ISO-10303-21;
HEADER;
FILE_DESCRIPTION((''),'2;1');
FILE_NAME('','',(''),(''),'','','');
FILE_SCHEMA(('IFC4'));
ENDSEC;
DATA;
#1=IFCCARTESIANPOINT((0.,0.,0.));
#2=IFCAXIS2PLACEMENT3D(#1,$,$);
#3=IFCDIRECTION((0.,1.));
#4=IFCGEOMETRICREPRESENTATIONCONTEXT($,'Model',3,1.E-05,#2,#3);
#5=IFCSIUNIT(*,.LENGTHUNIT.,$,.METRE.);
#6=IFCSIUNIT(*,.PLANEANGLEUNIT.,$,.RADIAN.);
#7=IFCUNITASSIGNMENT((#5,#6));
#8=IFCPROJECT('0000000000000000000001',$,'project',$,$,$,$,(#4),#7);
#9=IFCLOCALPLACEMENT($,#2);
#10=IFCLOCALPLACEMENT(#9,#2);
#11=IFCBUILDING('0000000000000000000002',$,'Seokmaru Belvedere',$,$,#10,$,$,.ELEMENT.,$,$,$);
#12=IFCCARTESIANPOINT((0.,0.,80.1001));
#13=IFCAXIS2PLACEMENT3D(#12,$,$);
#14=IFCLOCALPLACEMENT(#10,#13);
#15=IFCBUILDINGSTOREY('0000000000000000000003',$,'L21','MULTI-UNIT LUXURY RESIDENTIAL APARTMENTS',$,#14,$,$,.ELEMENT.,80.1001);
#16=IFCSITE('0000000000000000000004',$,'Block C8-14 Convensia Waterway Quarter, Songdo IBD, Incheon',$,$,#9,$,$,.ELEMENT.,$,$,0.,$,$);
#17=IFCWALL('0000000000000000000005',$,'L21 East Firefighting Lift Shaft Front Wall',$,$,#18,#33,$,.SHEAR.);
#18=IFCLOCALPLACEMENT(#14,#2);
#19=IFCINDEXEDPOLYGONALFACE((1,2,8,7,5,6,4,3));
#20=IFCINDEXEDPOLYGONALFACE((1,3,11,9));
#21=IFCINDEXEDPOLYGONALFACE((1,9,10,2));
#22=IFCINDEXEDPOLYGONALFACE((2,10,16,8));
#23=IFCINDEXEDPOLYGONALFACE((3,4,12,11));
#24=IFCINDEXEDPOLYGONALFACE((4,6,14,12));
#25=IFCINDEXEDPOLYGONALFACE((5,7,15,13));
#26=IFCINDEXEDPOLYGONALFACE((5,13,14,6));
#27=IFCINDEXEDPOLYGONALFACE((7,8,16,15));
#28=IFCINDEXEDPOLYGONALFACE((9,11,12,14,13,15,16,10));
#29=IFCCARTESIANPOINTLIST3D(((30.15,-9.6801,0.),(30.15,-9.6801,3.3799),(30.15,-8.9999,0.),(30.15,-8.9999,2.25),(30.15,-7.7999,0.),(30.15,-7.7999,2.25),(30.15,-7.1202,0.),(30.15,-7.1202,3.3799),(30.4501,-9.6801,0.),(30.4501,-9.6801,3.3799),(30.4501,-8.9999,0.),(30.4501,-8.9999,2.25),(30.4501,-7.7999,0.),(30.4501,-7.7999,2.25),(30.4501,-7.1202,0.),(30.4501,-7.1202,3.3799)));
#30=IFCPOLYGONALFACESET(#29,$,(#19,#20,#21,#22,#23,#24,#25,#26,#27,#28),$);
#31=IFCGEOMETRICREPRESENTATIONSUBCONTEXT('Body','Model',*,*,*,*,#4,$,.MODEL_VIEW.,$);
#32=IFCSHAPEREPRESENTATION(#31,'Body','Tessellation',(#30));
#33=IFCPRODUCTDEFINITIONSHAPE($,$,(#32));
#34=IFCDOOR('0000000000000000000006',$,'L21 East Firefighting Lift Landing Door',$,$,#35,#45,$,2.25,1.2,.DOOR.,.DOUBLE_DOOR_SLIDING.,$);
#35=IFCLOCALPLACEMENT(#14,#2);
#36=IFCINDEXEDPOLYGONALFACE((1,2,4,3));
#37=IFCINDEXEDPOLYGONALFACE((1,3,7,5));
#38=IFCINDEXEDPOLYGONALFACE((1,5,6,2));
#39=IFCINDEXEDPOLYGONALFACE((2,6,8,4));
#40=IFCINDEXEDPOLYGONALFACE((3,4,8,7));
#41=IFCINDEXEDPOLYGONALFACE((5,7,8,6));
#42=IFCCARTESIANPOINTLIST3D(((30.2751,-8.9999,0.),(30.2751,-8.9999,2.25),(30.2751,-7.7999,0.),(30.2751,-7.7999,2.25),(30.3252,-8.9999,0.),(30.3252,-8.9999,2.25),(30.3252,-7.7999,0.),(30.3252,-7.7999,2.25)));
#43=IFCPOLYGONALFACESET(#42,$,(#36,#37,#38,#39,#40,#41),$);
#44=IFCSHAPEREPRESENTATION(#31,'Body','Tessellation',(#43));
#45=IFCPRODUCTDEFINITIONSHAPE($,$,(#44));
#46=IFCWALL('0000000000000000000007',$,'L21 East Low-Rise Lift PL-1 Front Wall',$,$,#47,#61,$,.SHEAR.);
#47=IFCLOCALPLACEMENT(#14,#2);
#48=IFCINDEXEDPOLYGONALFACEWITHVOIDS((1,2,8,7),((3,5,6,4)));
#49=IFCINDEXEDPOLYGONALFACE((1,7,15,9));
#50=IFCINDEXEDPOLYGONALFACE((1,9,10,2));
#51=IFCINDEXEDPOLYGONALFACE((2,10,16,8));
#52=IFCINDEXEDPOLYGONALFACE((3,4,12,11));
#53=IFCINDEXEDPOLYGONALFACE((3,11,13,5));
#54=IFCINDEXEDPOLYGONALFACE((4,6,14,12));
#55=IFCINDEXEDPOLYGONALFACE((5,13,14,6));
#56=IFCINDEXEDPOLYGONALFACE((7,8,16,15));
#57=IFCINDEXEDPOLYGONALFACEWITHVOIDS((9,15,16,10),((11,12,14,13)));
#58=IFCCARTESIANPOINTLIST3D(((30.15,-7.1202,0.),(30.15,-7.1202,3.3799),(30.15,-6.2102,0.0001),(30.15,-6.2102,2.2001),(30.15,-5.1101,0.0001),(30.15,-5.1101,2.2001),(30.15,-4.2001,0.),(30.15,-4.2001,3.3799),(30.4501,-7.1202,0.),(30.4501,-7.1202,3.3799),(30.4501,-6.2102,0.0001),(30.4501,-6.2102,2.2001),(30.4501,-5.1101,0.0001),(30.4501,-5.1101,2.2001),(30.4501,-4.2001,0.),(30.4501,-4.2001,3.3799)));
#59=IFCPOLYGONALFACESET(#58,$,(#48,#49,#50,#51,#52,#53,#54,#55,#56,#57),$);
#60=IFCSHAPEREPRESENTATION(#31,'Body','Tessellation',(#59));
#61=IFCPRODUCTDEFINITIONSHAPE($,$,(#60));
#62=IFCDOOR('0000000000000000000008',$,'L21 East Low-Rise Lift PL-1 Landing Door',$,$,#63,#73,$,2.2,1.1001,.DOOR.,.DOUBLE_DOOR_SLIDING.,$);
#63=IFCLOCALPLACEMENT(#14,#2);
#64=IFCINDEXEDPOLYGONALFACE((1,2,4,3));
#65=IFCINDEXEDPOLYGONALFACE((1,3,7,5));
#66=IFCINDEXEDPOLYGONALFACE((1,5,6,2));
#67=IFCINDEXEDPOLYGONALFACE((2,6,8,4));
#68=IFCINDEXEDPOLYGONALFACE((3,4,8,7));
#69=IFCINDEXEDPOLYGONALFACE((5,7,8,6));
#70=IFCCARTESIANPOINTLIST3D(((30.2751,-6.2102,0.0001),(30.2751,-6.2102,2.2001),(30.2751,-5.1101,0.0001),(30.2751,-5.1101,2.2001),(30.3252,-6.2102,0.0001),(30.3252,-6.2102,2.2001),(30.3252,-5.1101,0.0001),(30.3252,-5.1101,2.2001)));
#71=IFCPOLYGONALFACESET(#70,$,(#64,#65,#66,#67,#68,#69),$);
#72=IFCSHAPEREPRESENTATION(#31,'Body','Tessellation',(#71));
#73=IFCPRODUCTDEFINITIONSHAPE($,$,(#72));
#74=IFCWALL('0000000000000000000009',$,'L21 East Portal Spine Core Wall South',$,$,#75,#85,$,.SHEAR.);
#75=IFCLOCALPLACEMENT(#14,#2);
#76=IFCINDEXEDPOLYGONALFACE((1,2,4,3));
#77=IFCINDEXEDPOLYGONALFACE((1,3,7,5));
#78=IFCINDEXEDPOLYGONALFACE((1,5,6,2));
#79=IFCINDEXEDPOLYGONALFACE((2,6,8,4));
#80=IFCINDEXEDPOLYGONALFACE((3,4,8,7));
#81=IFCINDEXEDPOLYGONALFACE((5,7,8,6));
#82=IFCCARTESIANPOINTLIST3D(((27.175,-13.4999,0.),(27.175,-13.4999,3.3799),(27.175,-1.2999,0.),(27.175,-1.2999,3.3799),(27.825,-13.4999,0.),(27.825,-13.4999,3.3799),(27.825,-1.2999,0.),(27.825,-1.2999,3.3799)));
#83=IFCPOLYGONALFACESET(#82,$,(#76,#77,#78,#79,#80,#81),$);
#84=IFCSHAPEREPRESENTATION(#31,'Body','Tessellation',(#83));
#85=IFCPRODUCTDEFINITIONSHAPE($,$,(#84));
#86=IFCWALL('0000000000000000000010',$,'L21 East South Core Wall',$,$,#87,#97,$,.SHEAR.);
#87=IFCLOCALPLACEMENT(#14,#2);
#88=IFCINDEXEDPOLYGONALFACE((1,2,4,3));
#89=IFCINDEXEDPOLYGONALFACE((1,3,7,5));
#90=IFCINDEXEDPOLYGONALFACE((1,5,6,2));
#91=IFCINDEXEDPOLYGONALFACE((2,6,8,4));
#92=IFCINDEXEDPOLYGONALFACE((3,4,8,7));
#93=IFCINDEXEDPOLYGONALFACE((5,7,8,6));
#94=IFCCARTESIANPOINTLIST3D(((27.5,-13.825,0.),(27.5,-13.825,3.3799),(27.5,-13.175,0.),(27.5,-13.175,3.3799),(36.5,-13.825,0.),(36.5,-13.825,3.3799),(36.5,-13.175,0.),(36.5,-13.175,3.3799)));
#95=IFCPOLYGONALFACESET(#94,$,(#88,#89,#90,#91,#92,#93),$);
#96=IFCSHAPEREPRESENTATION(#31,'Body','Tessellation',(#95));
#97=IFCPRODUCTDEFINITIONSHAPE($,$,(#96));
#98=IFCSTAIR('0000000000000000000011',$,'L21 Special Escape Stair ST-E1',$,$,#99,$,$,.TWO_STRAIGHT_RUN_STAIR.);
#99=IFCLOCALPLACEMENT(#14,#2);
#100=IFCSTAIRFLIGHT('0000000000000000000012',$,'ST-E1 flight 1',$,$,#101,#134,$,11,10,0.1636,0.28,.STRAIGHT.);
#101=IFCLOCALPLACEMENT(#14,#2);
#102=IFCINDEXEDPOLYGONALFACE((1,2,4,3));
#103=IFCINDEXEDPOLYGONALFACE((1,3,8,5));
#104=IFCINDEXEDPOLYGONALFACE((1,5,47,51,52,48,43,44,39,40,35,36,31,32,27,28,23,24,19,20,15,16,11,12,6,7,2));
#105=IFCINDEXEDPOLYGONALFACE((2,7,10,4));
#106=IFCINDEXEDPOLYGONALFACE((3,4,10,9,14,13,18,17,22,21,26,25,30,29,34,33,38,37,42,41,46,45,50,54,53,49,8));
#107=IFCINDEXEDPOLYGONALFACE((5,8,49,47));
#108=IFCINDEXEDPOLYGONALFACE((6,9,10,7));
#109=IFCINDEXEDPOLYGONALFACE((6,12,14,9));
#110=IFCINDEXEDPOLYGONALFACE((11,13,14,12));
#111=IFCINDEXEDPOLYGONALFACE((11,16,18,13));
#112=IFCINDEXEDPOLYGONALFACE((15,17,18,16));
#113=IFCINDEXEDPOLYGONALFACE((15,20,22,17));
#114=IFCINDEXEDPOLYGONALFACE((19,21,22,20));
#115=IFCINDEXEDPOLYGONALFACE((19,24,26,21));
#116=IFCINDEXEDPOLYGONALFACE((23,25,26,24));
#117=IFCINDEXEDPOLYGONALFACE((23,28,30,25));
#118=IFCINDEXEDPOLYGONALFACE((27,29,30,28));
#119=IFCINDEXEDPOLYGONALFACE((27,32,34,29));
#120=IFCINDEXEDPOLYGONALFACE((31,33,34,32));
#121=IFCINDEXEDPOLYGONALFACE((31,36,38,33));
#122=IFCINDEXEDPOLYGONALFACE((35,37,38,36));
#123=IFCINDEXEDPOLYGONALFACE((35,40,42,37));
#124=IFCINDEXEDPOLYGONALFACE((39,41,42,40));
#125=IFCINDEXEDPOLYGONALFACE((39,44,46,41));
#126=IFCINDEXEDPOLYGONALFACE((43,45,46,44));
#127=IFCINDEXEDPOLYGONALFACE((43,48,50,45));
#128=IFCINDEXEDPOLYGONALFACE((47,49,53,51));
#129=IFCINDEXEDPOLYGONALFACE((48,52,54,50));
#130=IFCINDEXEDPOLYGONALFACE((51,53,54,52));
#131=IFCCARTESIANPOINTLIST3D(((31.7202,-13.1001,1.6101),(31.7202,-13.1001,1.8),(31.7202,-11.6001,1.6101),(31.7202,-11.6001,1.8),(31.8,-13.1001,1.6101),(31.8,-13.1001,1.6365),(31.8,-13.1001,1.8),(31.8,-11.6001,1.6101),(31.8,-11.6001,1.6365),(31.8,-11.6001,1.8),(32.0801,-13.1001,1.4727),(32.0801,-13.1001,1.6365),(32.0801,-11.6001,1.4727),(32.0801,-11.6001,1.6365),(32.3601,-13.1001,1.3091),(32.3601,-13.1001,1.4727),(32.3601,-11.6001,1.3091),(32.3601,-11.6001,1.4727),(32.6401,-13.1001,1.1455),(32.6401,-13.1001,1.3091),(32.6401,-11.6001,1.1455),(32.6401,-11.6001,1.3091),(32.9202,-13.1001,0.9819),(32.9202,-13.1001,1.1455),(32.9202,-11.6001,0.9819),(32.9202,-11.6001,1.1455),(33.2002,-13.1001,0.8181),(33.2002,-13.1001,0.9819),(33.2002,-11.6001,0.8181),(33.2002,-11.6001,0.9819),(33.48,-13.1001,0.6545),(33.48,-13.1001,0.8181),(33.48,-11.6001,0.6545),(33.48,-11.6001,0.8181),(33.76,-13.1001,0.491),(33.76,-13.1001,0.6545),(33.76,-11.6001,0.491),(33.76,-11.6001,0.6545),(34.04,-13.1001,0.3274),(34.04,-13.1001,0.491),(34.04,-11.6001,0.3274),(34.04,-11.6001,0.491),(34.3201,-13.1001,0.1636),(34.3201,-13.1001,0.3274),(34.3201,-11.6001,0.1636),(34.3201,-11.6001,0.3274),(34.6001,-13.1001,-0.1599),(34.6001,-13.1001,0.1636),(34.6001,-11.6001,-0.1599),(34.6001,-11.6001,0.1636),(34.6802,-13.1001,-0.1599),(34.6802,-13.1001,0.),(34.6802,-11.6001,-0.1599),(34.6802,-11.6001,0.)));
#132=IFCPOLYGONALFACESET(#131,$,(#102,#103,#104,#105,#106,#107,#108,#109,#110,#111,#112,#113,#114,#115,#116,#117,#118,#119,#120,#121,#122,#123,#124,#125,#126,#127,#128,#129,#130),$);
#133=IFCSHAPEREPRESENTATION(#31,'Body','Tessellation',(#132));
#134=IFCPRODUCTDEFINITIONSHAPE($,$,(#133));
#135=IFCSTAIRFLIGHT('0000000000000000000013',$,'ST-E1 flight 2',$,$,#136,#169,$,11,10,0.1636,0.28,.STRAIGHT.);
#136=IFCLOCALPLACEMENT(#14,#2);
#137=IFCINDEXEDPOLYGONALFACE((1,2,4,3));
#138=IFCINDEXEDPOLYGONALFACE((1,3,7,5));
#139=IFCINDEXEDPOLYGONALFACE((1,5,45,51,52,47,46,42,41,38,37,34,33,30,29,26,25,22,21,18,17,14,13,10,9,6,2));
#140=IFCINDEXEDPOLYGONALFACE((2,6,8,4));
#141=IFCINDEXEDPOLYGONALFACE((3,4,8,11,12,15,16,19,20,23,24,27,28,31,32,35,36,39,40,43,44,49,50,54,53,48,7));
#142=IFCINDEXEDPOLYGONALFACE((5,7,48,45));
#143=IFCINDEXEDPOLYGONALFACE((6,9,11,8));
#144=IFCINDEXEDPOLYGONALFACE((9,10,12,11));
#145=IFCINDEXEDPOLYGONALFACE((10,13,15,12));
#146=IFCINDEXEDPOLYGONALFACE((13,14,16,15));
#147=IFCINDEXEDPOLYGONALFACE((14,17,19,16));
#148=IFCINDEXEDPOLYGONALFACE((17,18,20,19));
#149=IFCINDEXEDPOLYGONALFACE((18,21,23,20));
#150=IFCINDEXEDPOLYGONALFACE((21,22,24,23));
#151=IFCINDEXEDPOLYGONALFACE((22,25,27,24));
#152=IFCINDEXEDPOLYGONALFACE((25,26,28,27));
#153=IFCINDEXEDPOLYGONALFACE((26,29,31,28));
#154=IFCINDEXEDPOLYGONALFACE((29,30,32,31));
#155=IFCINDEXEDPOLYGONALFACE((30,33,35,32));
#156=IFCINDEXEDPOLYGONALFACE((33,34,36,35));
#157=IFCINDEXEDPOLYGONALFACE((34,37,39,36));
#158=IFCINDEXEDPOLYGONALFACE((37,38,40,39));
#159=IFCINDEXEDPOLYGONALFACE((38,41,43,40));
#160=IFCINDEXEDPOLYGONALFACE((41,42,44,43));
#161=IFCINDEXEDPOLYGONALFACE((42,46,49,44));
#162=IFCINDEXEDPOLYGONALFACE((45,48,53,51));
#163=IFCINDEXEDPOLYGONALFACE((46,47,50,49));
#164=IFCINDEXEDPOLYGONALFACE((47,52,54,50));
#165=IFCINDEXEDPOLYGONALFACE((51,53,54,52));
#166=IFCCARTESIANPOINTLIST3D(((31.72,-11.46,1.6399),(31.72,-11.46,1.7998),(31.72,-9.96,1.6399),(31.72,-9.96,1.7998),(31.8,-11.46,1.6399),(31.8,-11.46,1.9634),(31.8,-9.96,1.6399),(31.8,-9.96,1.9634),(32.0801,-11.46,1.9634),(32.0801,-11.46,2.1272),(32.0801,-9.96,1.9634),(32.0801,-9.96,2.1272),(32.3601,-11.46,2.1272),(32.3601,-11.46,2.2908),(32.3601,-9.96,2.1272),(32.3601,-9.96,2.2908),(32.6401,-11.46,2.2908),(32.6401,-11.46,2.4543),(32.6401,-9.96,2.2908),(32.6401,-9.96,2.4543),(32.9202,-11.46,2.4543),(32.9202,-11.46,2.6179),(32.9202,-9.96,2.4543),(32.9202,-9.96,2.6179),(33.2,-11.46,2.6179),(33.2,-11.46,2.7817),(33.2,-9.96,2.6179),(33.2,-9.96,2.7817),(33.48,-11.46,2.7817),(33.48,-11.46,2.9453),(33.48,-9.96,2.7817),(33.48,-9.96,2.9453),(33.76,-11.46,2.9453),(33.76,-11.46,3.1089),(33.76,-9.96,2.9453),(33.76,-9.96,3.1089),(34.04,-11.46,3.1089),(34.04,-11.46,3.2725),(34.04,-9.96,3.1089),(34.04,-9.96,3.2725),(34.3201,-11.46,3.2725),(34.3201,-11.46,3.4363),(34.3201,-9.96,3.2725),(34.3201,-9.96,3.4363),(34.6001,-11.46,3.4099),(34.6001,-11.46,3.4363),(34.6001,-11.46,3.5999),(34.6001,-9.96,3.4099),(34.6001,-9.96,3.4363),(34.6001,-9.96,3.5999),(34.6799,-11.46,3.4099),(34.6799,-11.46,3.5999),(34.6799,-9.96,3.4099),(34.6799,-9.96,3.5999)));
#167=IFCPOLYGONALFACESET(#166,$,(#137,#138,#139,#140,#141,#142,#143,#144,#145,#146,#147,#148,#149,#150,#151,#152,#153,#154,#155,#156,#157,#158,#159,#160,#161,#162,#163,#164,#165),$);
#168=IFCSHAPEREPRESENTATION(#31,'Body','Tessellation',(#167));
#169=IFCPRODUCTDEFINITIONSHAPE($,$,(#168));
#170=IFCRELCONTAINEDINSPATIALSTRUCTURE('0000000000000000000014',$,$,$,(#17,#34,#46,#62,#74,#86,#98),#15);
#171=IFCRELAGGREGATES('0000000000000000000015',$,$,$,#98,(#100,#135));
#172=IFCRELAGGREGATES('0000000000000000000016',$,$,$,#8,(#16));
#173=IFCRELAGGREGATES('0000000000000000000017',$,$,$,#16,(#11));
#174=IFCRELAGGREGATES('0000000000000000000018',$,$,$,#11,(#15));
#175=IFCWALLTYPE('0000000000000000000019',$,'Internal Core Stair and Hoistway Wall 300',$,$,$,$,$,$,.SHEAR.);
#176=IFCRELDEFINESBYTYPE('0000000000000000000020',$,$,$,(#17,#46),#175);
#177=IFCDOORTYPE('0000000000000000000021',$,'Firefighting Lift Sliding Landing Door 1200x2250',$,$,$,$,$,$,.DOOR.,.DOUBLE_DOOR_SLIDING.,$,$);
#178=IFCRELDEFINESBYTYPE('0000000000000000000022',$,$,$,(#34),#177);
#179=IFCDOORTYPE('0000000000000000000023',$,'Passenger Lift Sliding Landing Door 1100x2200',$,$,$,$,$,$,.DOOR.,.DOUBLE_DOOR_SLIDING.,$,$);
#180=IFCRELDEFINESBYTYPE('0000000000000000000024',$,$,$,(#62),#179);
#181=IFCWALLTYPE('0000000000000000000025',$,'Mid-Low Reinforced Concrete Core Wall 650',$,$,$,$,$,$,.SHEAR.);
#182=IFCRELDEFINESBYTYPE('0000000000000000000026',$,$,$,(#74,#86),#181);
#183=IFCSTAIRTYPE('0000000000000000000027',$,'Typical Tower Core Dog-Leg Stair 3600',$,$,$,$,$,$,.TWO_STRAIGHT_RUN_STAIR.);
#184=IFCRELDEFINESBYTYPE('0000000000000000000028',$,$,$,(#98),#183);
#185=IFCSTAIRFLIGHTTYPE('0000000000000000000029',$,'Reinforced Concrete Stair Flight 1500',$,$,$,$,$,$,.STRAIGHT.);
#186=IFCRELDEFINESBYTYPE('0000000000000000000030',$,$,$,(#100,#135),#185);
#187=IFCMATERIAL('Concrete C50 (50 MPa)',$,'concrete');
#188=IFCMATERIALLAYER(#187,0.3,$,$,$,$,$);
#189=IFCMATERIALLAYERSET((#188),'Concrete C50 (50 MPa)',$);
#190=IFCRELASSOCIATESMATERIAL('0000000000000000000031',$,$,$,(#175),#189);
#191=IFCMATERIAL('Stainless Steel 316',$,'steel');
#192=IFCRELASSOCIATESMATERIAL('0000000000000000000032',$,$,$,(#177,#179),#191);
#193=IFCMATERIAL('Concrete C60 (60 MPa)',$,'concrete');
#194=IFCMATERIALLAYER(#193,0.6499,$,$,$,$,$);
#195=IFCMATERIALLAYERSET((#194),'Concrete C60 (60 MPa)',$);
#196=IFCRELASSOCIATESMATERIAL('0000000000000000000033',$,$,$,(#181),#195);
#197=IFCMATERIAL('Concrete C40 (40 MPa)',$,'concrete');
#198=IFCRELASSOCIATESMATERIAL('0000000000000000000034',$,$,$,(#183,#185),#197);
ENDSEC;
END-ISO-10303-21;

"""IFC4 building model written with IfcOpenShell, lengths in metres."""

from ifc_helpers import new_model, si_unit, direction, frame, frame_2d, origin, place, context, subcontext, project, spatial, polyline, rectangle, outline, extrude, source, transform, mapped, material, layer, layer_set, type_object, type_shapes, element, fill, aggregate, save


model = new_model("IFC4")

# Units and contexts
model_context = context("Model", 3, precision=1e-05, world=origin(), true_north=direction((0.0, 1.0)))
body_context = subcontext(model_context, "Body", "Model", "MODEL_VIEW")
ifc_project = project(units=[si_unit("LENGTHUNIT", "METRE"), si_unit("PLANEANGLEUNIT", "RADIAN")], contexts=[model_context])

# Site, building, storey
site_placement = place(None, origin())
site = spatial("IfcSite", under=ifc_project, at=site_placement, Name="Block C8-14 Convensia Waterway Quarter, Songdo IBD, Incheon", CompositionType="ELEMENT", RefElevation=0.0)
building_placement = place(site_placement, origin())
building = spatial("IfcBuilding", under=site, at=building_placement, Name="Seokmaru Belvedere", CompositionType="ELEMENT")
storey_placement = place(building_placement, frame((0.0, 0.0, 80.1001)))
storey = spatial("IfcBuildingStorey", under=building, at=storey_placement, Name="L21", Description="MULTI-UNIT LUXURY RESIDENTIAL APARTMENTS", CompositionType="ELEMENT", Elevation=80.1001)

# Shared definitions
ifc_material_1 = material(Name="Concrete C50 (50 MPa)", Category="concrete")

# Walls, openings, doors
ifc_layer_1 = layer(ifc_material_1, 0.3)
ifc_layer_set_1 = layer_set([ifc_layer_1], Name="Concrete C50 (50 MPa)")
wall_type_1 = type_object("IfcWallType", Name="Internal Core Stair and Hoistway Wall 300", PredefinedType="SHEAR", material=ifc_layer_set_1)
wall_1_placement = place(storey_placement, frame((30.3, -9.6799, 0.0), z_axis=(0.0, 0.0, 1.0), x_axis=(0.0, 1.0, 0.0)))
wall_1 = element("IfcWall", 1, at=wall_1_placement, inside=storey, type_object=wall_type_1, Name="L21 East Firefighting Lift Shaft Front Wall", PredefinedType="SHEAR", context=body_context, shape_type="SweptSolid", body=[
    extrude(rectangle(XDim=2.5598, YDim=0.3, at=frame_2d((1.2798, 0.0))), origin(), (0.0, 0.0, 1.0), 3.3799),
])
opening_1_placement = place(wall_1_placement, frame((0.6799, 0.0, 0.0)))
opening_1 = element("IfcOpeningElement", 2, at=opening_1_placement, cuts=wall_1, PredefinedType="OPENING", context=body_context, shape_type="SweptSolid", body=[
    extrude(rectangle(XDim=1.2, YDim=2.25, at=frame_2d((0.6001, 1.125))), frame((0.0, 0.1602, 0.0), z_axis=(0.0, -1.0, 0.0), x_axis=(1.0, 0.0, 0.0)), (0.0, 0.0, 1.0), 0.3201),
])
ifc_material_2 = material(Name="Stainless Steel 316", Category="steel")
door_type_1 = type_object("IfcDoorType", Name="Firefighting Lift Sliding Landing Door 1200x2250", OperationType="DOUBLE_DOOR_SLIDING", PredefinedType="DOOR", material=ifc_material_2)
shared_shape_1 = source(origin(), body_context, "Body", "SweptSolid", [
    extrude(rectangle(XDim=1.2, YDim=2.25, at=frame_2d((0.6001, 1.125))), frame((0.0, 0.0249, 0.0), z_axis=(0.0, -1.0, 0.0), x_axis=(1.0, 0.0, 0.0)), (0.0, 0.0, 1.0), 0.05),
])
type_shapes(door_type_1, [shared_shape_1])
door_1_placement = place(opening_1_placement, origin())
door_1 = element("IfcDoor", 3, at=door_1_placement, inside=storey, type_object=door_type_1, Name="L21 East Firefighting Lift Landing Door", OperationType="DOUBLE_DOOR_SLIDING", OverallHeight=2.25, OverallWidth=1.2, PredefinedType="DOOR", context=body_context, shape_type="MappedRepresentation", body=[
    mapped(shared_shape_1, transform((0.0, 0.0, 0.0), scale=1.0)),
])
fill(opening_1, door_1)
wall_2_placement = place(storey_placement, frame((30.3, -7.1201, 0.0), z_axis=(0.0, 0.0, 1.0), x_axis=(0.0, 1.0, 0.0)))
wall_2 = element("IfcWall", 4, at=wall_2_placement, inside=storey, type_object=wall_type_1, Name="L21 East Low-Rise Lift PL-1 Front Wall", PredefinedType="SHEAR", context=body_context, shape_type="SweptSolid", body=[
    extrude(rectangle(XDim=2.9202, YDim=0.3, at=frame_2d((1.46, 0.0))), origin(), (0.0, 0.0, 1.0), 3.3799),
])
opening_2_placement = place(wall_2_placement, frame((0.9099, 0.0, 0.0)))
opening_2 = element("IfcOpeningElement", 5, at=opening_2_placement, cuts=wall_2, PredefinedType="OPENING", context=body_context, shape_type="SweptSolid", body=[
    extrude(rectangle(XDim=1.1001, YDim=2.2, at=frame_2d((0.55, 1.1001))), frame((0.0, 0.1602, 0.0), z_axis=(0.0, -1.0, 0.0), x_axis=(1.0, 0.0, 0.0)), (0.0, 0.0, 1.0), 0.3201),
])
door_type_2 = type_object("IfcDoorType", Name="Passenger Lift Sliding Landing Door 1100x2200", OperationType="DOUBLE_DOOR_SLIDING", PredefinedType="DOOR", material=ifc_material_2)
shared_shape_2 = source(origin(), body_context, "Body", "SweptSolid", [
    extrude(rectangle(XDim=1.1001, YDim=2.2, at=frame_2d((0.55, 1.1001))), frame((0.0, 0.0249, 0.0), z_axis=(0.0, -1.0, 0.0), x_axis=(1.0, 0.0, 0.0)), (0.0, 0.0, 1.0), 0.05),
])
type_shapes(door_type_2, [shared_shape_2])
door_2_placement = place(opening_2_placement, origin())
door_2 = element("IfcDoor", 6, at=door_2_placement, inside=storey, type_object=door_type_2, Name="L21 East Low-Rise Lift PL-1 Landing Door", OperationType="DOUBLE_DOOR_SLIDING", OverallHeight=2.2, OverallWidth=1.1001, PredefinedType="DOOR", context=body_context, shape_type="MappedRepresentation", body=[
    mapped(shared_shape_2, transform((0.0, 0.0, 0.0), scale=1.0)),
])
fill(opening_2, door_2)

# Walls
ifc_material_3 = material(Name="Concrete C60 (60 MPa)", Category="concrete")
ifc_layer_2 = layer(ifc_material_3, 0.6499)
ifc_layer_set_2 = layer_set([ifc_layer_2], Name="Concrete C60 (60 MPa)")
wall_type_2 = type_object("IfcWallType", Name="Mid-Low Reinforced Concrete Core Wall 650", PredefinedType="SHEAR", material=ifc_layer_set_2)
wall_3_placement = place(storey_placement, frame((27.5, -13.5, 0.0), z_axis=(0.0, 0.0, 1.0), x_axis=(0.0, 1.0, 0.0)))
element("IfcWall", 7, at=wall_3_placement, inside=storey, type_object=wall_type_2, Name="L21 East Portal Spine Core Wall South", PredefinedType="SHEAR", context=body_context, shape_type="SweptSolid", body=[
    extrude(rectangle(XDim=12.2, YDim=0.6499, at=frame_2d((6.1001, 0.0))), origin(), (0.0, 0.0, 1.0), 3.3799),
])
wall_4_placement = place(storey_placement, frame((27.5, -13.5, 0.0), z_axis=(0.0, 0.0, 1.0), x_axis=(1.0, 0.0, 0.0)))
element("IfcWall", 8, at=wall_4_placement, inside=storey, type_object=wall_type_2, Name="L21 East South Core Wall", PredefinedType="SHEAR", context=body_context, shape_type="SweptSolid", body=[
    extrude(rectangle(XDim=9.0, YDim=0.6499, at=frame_2d((4.5, 0.0))), origin(), (0.0, 0.0, 1.0), 3.3799),
])

# Stair, stair flights
ifc_material_4 = material(Name="Concrete C40 (40 MPa)", Category="concrete")
stair_type = type_object("IfcStairType", Name="Typical Tower Core Dog-Leg Stair 3600", PredefinedType="TWO_STRAIGHT_RUN_STAIR", material=ifc_material_4)
stair_placement = place(storey_placement, origin())
stair = element("IfcStair", 9, at=stair_placement, inside=storey, type_object=stair_type, Name="L21 Special Escape Stair ST-E1", PredefinedType="TWO_STRAIGHT_RUN_STAIR")
stair_flight_type = type_object("IfcStairFlightType", Name="Reinforced Concrete Stair Flight 1500", PredefinedType="STRAIGHT", material=ifc_material_4)
stair_flight_1_placement = place(storey_placement, frame((34.6001, -12.3501, 0.0), z_axis=(0.0, 0.0, 1.0), x_axis=(-1.0, 0.0, 0.0)))
stair_flight_1 = element("IfcStairFlight", 10, at=stair_flight_1_placement, type_object=stair_flight_type, Name="ST-E1 flight 1", NumberOfRisers=11, NumberOfTreads=10, PredefinedType="STRAIGHT", RiserHeight=0.1636, TreadLength=0.28, context=body_context, shape_type="SweptSolid", body=[
    extrude(outline(polyline([(-0.0801, 0.0), (0.0, 0.1636), (0.28, 0.1636), (0.28, 0.3274), (0.5601, 0.3274), (0.5601, 0.491), (0.8401, 0.491), (0.8401, 0.6545), (1.1201, 0.6545), (1.1201, 0.8181), (1.3999, 0.8181), (1.3999, 0.9819), (1.6799, 0.9819), (1.6799, 1.1455), (1.96, 1.1455), (1.96, 1.3091), (2.24, 1.3091), (2.24, 1.4727), (2.52, 1.4727), (2.52, 1.6365), (2.8, 1.6365), (2.8, 1.8), (2.8799, 1.8), (2.8799, 1.6101), (2.8, 1.6101), (0.0, -0.1599), (-0.0801, -0.1599), (-0.0801, 0.0)])), frame((0.0, 0.75, 0.0), z_axis=(0.0, -1.0, 0.0), x_axis=(1.0, 0.0, 0.0)), (0.0, 0.0, 1.0), 1.5),
])
stair_flight_2_placement = place(storey_placement, frame((31.8, -10.71, 1.7998), z_axis=(0.0, 0.0, 1.0), x_axis=(1.0, 0.0, 0.0)))
stair_flight_2 = element("IfcStairFlight", 11, at=stair_flight_2_placement, type_object=stair_flight_type, Name="ST-E1 flight 2", NumberOfRisers=11, NumberOfTreads=10, PredefinedType="STRAIGHT", RiserHeight=0.1636, TreadLength=0.28, context=body_context, shape_type="SweptSolid", body=[
    extrude(outline(polyline([(-0.0801, 0.0), (0.0, 0.1636), (0.28, 0.1636), (0.28, 0.3274), (0.5601, 0.3274), (0.5601, 0.491), (0.8401, 0.491), (0.8401, 0.6545), (1.1201, 0.6545), (1.1201, 0.8181), (1.3999, 0.8181), (1.3999, 0.9819), (1.6799, 0.9819), (1.6799, 1.1455), (1.96, 1.1455), (1.96, 1.3091), (2.24, 1.3091), (2.24, 1.4727), (2.52, 1.4727), (2.52, 1.6365), (2.8, 1.6365), (2.8, 1.8), (2.8799, 1.8), (2.8799, 1.6101), (2.8, 1.6101), (0.0, -0.1599), (-0.0801, -0.1599), (-0.0801, 0.0)])), frame((0.0, 0.75, 0.0), z_axis=(0.0, -1.0, 0.0), x_axis=(1.0, 0.0, 0.0)), (0.0, 0.0, 1.0), 1.5),
])
aggregate(stair, [stair_flight_1, stair_flight_2])

save(model, "model.ifc")
